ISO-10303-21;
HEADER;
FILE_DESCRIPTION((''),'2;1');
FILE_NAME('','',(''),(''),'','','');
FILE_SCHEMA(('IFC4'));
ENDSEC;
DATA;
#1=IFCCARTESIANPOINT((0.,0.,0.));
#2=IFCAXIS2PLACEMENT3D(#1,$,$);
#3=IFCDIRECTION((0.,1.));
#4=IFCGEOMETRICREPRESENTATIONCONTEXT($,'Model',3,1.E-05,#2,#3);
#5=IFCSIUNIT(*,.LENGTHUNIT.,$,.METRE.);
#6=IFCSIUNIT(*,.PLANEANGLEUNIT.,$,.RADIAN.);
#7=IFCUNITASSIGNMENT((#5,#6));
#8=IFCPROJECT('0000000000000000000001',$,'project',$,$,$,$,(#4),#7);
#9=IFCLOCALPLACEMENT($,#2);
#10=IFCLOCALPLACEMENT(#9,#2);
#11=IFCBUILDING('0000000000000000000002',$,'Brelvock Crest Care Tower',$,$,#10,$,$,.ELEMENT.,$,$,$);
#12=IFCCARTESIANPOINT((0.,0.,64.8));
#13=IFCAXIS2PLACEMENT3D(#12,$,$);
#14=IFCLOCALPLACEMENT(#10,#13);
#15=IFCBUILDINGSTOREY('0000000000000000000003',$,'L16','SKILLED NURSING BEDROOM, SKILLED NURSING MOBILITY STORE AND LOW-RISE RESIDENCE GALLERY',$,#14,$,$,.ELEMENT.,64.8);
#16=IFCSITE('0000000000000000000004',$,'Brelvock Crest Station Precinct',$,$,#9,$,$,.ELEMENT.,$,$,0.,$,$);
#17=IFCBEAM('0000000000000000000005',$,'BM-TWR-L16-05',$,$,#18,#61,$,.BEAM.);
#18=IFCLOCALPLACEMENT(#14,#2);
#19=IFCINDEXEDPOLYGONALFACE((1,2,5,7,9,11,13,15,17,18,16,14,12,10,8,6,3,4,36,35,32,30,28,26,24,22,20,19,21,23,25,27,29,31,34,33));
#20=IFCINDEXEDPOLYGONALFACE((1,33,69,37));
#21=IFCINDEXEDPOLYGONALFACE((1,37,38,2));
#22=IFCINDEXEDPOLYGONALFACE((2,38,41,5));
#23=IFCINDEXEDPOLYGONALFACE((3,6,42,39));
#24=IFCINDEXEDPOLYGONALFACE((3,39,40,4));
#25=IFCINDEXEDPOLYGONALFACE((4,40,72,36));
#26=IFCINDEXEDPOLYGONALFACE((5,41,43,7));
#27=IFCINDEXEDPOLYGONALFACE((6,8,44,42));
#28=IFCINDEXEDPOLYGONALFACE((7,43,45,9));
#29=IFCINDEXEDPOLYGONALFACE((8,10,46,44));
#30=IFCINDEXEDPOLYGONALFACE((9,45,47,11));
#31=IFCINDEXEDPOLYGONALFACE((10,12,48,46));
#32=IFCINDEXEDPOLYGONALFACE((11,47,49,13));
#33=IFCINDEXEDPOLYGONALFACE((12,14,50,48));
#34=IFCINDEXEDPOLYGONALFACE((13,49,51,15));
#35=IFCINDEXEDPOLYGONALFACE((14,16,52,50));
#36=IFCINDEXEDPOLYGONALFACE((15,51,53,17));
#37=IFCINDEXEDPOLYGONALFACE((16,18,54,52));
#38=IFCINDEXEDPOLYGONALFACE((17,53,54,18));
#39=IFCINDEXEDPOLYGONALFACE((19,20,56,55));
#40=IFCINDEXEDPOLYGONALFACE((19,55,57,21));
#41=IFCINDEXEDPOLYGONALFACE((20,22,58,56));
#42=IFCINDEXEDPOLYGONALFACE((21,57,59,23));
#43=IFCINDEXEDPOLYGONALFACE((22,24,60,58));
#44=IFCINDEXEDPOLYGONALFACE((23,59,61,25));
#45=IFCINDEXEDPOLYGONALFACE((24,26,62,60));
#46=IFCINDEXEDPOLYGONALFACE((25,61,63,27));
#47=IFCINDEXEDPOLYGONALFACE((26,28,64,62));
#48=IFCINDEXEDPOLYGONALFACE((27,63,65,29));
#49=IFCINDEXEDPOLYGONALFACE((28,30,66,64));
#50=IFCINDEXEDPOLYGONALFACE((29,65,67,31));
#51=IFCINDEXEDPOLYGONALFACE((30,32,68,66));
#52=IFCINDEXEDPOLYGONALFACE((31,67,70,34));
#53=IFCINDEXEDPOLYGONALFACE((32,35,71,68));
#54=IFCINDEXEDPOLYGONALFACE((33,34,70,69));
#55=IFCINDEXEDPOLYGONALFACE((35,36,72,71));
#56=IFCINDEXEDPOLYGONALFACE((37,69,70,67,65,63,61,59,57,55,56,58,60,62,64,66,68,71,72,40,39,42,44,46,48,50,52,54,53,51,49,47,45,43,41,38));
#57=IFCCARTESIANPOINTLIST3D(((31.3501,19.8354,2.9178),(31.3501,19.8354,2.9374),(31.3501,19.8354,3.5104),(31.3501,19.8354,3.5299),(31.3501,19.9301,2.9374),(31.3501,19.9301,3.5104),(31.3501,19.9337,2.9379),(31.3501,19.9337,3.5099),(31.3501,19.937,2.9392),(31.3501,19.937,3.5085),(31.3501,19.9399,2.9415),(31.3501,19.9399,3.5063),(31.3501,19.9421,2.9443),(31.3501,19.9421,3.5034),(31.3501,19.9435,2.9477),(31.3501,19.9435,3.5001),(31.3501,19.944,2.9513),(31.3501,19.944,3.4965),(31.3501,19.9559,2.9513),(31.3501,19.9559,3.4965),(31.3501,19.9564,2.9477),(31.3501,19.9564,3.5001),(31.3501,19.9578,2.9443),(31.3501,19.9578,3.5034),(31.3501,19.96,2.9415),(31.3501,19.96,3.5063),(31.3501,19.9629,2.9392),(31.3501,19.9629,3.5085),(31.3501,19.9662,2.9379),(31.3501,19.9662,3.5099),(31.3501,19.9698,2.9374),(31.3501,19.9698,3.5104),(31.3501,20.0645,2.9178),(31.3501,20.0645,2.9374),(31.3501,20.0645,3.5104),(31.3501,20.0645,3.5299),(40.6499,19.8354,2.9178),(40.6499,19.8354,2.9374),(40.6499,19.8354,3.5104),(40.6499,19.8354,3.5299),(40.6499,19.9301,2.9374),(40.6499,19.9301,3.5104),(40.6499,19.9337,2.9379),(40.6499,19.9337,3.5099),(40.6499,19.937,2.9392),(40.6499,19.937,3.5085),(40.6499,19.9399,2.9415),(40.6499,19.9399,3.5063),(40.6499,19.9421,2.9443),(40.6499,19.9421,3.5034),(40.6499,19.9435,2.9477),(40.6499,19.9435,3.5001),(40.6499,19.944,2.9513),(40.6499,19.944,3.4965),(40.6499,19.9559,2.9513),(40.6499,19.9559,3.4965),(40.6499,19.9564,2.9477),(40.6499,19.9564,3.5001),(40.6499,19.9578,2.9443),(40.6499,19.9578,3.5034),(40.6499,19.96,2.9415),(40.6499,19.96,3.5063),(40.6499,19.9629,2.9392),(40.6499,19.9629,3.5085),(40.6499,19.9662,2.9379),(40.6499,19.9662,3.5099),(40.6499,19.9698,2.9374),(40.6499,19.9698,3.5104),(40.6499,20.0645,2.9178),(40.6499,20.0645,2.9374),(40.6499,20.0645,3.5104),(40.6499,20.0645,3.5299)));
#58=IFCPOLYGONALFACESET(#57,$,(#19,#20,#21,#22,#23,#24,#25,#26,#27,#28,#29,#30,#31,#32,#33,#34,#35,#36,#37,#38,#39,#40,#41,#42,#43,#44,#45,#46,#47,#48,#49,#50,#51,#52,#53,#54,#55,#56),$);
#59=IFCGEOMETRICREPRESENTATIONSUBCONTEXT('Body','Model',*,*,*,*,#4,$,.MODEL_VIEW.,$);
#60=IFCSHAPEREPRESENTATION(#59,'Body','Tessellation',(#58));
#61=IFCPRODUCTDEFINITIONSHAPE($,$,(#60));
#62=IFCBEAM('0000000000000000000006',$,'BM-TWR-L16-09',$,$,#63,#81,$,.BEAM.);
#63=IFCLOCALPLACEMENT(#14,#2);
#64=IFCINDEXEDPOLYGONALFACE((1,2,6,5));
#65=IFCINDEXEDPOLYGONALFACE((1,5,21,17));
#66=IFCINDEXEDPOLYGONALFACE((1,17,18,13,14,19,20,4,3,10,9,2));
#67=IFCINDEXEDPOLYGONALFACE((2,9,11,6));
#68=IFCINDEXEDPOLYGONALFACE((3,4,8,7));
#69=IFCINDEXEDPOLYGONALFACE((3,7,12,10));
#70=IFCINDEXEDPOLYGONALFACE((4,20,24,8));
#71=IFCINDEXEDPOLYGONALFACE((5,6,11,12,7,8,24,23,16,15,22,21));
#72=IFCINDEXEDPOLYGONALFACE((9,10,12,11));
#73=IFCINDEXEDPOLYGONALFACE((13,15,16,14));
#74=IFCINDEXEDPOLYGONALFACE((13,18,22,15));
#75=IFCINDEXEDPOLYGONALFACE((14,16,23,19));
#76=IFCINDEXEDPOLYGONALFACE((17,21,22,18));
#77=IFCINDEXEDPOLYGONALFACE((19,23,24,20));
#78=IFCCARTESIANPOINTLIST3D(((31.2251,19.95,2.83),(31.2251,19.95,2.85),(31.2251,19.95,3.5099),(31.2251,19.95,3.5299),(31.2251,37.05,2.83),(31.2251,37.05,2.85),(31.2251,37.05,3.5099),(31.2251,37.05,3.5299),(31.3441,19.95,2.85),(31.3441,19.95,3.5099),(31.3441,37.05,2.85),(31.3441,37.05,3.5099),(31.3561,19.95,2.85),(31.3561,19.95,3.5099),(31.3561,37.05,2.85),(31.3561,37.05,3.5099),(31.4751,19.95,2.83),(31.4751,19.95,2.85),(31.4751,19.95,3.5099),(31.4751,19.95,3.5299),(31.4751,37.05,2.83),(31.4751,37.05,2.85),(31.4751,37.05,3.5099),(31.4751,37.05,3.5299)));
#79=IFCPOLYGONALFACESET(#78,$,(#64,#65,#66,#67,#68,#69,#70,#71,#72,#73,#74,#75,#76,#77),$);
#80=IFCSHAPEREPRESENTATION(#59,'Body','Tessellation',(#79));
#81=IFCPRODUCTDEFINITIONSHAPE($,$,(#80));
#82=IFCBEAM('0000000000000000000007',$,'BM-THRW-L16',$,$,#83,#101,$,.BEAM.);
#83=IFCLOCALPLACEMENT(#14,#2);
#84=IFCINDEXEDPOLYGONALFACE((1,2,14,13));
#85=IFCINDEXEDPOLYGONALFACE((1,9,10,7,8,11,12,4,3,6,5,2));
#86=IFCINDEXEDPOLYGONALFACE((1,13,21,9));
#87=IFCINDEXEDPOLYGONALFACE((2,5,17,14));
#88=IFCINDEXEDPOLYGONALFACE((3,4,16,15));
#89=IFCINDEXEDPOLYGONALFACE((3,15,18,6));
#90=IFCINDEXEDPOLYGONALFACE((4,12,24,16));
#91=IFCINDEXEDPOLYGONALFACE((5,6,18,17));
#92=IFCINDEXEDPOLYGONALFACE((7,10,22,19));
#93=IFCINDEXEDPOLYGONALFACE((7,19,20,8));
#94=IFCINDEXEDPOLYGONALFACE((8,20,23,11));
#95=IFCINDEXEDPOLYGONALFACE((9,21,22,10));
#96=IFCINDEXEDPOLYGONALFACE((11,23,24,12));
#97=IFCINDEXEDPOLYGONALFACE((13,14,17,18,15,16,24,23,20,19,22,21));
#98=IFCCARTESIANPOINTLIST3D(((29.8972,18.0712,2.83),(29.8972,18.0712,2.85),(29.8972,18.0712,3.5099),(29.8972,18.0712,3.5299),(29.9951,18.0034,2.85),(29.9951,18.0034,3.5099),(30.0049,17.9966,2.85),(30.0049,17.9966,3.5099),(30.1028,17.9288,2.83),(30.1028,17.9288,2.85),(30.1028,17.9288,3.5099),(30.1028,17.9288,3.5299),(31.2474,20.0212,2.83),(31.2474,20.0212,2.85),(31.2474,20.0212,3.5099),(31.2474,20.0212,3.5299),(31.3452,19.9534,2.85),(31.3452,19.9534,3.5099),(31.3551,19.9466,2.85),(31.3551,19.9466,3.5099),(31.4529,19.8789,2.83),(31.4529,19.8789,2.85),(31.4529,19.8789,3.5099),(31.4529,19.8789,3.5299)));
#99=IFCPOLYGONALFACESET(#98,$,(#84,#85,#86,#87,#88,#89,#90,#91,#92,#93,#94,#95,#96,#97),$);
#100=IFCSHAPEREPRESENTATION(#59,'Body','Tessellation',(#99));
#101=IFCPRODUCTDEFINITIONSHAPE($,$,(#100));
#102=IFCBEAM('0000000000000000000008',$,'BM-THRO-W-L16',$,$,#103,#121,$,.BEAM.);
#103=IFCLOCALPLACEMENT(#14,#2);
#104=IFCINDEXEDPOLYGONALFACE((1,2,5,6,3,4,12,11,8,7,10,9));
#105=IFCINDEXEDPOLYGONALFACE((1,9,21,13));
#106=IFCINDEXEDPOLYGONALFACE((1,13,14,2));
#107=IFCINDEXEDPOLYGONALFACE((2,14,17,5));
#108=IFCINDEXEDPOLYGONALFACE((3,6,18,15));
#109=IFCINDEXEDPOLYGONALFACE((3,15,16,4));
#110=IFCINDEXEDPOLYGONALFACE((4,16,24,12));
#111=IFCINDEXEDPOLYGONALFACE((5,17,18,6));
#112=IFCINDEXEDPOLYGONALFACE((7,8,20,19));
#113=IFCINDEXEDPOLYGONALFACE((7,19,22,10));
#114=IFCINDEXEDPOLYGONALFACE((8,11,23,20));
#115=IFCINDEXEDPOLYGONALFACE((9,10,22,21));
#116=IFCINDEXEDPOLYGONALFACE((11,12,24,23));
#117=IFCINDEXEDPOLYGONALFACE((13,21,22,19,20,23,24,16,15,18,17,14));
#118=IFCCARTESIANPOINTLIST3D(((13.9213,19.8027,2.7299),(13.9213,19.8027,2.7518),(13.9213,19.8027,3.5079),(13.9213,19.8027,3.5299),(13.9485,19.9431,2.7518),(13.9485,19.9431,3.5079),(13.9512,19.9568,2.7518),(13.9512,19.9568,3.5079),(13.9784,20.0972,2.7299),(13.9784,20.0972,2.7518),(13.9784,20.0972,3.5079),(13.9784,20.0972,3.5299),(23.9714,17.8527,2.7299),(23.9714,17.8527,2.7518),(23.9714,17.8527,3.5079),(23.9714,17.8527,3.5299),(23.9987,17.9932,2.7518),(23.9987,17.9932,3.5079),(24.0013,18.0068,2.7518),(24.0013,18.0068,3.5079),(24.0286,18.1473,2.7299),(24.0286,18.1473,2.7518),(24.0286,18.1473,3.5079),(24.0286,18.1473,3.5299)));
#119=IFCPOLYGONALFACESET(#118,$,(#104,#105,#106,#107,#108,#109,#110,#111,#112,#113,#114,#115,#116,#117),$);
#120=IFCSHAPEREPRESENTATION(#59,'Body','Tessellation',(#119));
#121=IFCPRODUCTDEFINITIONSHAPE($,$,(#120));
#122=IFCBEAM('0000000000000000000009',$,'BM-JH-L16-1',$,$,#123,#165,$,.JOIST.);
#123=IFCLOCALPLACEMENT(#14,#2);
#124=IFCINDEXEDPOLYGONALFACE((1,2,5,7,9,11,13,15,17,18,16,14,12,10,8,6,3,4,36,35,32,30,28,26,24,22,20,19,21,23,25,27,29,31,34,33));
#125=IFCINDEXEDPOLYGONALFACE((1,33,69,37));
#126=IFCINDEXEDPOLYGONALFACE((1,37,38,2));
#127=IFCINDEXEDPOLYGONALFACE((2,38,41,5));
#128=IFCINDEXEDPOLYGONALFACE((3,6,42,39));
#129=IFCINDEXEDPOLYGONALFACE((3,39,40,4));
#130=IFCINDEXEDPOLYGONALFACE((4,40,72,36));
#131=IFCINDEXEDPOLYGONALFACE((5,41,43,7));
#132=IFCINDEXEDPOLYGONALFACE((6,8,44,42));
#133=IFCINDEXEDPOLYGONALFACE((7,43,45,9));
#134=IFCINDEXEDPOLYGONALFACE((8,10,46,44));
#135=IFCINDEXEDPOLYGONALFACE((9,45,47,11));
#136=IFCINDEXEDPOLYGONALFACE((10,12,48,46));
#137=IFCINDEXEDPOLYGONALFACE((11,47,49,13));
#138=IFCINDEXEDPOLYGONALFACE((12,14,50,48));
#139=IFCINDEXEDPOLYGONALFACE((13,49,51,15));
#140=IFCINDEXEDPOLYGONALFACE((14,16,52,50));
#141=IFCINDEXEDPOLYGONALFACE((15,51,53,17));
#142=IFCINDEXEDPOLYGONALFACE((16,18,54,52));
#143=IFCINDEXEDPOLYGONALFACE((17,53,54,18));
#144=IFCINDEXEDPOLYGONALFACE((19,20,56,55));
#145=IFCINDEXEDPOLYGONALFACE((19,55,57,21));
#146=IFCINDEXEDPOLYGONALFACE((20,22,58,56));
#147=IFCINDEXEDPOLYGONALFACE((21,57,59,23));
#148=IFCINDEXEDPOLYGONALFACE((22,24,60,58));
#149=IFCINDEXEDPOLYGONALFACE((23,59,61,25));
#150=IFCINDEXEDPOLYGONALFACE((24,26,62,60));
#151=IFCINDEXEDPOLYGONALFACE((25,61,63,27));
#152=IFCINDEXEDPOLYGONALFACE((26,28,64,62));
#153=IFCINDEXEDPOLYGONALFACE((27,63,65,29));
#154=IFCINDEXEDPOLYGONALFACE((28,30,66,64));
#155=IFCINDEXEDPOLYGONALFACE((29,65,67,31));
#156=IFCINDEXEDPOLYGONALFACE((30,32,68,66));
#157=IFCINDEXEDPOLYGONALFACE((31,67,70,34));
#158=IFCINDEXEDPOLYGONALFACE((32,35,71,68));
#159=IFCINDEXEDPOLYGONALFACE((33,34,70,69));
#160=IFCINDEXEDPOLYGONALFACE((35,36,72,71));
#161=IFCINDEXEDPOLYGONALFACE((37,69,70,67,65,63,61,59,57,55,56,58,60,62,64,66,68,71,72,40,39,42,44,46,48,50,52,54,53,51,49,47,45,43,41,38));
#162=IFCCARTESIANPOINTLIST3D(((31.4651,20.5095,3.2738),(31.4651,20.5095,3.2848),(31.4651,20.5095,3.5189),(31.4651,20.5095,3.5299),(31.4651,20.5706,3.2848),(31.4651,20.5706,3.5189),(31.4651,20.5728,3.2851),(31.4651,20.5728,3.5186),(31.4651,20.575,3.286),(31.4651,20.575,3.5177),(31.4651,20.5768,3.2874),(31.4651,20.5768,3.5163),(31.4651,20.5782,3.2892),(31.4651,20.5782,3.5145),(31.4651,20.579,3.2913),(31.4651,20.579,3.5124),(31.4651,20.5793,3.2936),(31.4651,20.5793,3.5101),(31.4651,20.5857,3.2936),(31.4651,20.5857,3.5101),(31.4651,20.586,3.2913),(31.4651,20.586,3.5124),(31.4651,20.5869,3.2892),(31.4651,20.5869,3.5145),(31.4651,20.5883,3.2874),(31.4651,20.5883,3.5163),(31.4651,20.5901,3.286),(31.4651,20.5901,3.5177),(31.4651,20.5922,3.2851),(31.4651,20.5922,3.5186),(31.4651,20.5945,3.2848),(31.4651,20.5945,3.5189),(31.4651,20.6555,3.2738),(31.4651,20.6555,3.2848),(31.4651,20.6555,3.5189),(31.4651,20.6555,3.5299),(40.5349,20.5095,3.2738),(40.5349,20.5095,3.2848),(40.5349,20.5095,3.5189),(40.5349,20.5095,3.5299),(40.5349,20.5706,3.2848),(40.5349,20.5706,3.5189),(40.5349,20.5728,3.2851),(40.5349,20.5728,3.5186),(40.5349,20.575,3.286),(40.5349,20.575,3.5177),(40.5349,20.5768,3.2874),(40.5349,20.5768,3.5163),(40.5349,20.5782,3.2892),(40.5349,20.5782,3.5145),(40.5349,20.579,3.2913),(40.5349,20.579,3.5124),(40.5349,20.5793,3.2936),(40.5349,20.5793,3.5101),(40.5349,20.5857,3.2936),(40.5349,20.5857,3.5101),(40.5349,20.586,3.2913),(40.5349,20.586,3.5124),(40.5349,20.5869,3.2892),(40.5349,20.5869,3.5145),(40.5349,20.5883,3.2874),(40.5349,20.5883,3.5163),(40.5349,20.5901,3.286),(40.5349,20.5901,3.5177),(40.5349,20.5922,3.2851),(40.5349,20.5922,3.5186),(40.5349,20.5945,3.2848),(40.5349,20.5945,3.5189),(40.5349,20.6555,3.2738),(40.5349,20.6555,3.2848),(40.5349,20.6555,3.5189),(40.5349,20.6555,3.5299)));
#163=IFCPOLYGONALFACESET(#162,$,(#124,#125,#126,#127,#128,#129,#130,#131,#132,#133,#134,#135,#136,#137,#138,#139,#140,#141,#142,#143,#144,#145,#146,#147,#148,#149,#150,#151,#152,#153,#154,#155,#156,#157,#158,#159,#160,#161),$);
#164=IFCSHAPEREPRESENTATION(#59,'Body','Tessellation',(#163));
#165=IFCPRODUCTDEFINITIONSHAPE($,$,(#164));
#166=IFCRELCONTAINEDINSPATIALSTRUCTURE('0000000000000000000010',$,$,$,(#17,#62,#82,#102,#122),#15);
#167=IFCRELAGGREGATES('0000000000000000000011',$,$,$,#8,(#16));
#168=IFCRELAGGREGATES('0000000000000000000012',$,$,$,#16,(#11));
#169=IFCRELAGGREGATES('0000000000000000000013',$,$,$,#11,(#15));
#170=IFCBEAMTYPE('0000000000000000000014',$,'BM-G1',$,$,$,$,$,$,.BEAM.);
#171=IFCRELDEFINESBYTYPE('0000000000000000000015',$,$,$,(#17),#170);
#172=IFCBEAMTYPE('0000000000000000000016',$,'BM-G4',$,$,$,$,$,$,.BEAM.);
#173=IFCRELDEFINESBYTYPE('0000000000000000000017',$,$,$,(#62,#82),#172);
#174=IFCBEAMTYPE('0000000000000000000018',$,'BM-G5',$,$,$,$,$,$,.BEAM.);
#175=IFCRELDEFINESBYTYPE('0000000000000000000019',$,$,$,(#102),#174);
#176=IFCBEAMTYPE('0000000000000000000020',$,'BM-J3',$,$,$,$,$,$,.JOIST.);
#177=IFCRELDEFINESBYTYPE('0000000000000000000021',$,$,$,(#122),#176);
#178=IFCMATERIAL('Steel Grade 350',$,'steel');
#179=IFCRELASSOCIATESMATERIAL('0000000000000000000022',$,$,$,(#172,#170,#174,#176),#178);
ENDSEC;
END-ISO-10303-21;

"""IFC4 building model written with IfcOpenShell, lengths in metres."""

from ifc_helpers import new_model, si_unit, direction, frame, origin, origin_2d, place, context, subcontext, project, spatial, i_section, extrude, source, transform, mapped, material, material_profile, profile_set, type_object, element, save


model = new_model("IFC4")

# Units and contexts
model_context = context("Model", 3, precision=1e-05, world=origin(), true_north=direction((0.0, 1.0)))
body_context = subcontext(model_context, "Body", "Model", "MODEL_VIEW")
ifc_project = project(units=[si_unit("LENGTHUNIT", "METRE"), si_unit("PLANEANGLEUNIT", "RADIAN")], contexts=[model_context])

# Site, building, storey
site_placement = place(None, origin())
site = spatial("IfcSite", under=ifc_project, at=site_placement, Name="Brelvock Crest Station Precinct", CompositionType="ELEMENT", RefElevation=0.0)
building_placement = place(site_placement, origin())
building = spatial("IfcBuilding", under=site, at=building_placement, Name="Brelvock Crest Care Tower", CompositionType="ELEMENT")
storey_placement = place(building_placement, frame((0.0, 0.0, 64.8)))
storey = spatial("IfcBuildingStorey", under=building, at=storey_placement, Name="L16", Description="SKILLED NURSING BEDROOM, SKILLED NURSING MOBILITY STORE AND LOW-RISE RESIDENCE GALLERY", CompositionType="ELEMENT", Elevation=64.8)

# Shared definitions
ifc_material_1 = material(Name="Steel Grade 350", Category="steel")

# Beams
ifc_material_profile_1 = material_profile(ifc_material_1, i_section(OverallWidth=0.25, OverallDepth=0.7, WebThickness=0.012, FlangeThickness=0.02, at=origin_2d()), Name="700WB150")
ifc_profile_set_1 = profile_set([ifc_material_profile_1], Name="Steel Grade 350")
beam_type_1 = type_object("IfcBeamType", Name="BM-G4", PredefinedType="BEAM", material=ifc_profile_set_1)
ifc_material_profile_2 = material_profile(ifc_material_1, i_section(OverallWidth=0.229, OverallDepth=0.6121, WebThickness=0.012, FlangeThickness=0.0195, FilletRadius=0.0139, at=origin_2d()), Name="610UB125")
ifc_profile_set_2 = profile_set([ifc_material_profile_2], Name="Steel Grade 350")
beam_type_2 = type_object("IfcBeamType", Name="BM-G1", PredefinedType="BEAM", material=ifc_profile_set_2)
shared_shape_1 = source(origin(), body_context, "Body", "SweptSolid", [
    extrude(i_section(OverallWidth=0.229, OverallDepth=0.6121, WebThickness=0.012, FlangeThickness=0.0195, FilletRadius=0.0139, at=origin_2d()), origin(), (0.0, 0.0, 1.0), 9.2998),
])
beam_1_placement = place(storey_placement, frame((31.3501, 19.95, 3.2239), z_axis=(1.0, 0.0, 0.0), x_axis=(0.0, 1.0, 0.0)))
element("IfcBeam", 1, at=beam_1_placement, inside=storey, type_object=beam_type_2, Name="BM-TWR-L16-05", PredefinedType="BEAM", context=body_context, shape_type="MappedRepresentation", body=[
    mapped(shared_shape_1, transform((0.0, 0.0, 0.0), x_axis=(1.0, 0.0, 0.0), y_axis=(0.0, 1.0, 0.0), z_axis=(0.0, 0.0, 1.0), scale=1.0)),
])
shared_shape_2 = source(origin(), body_context, "Body", "SweptSolid", [
    extrude(i_section(OverallWidth=0.25, OverallDepth=0.7, WebThickness=0.012, FlangeThickness=0.02, at=origin_2d()), origin(), (0.0, 0.0, 1.0), 17.1001),
])
beam_2_placement = place(storey_placement, frame((31.3501, 19.95, 3.1799), z_axis=(0.0, 1.0, 0.0), x_axis=(-1.0, 0.0, 0.0)))
element("IfcBeam", 2, at=beam_2_placement, inside=storey, type_object=beam_type_1, Name="BM-TWR-L16-09", PredefinedType="BEAM", context=body_context, shape_type="MappedRepresentation", body=[
    mapped(shared_shape_2, transform((0.0, 0.0, 0.0), x_axis=(1.0, 0.0, 0.0), y_axis=(0.0, 1.0, 0.0), z_axis=(0.0, 0.0, 1.0), scale=1.0)),
])
shared_shape_3 = source(origin(), body_context, "Body", "SweptSolid", [
    extrude(i_section(OverallWidth=0.25, OverallDepth=0.7, WebThickness=0.012, FlangeThickness=0.02, at=origin_2d()), origin(), (0.0, 0.0, 1.0), 2.3718),
])
beam_3_placement = place(storey_placement, frame((30.0, 18.0, 3.1799), z_axis=(0.569247, 0.822166, 0.0), x_axis=(-0.822166, 0.569247, 0.0)))
element("IfcBeam", 3, at=beam_3_placement, inside=storey, type_object=beam_type_1, Name="BM-THRW-L16", PredefinedType="BEAM", context=body_context, shape_type="MappedRepresentation", body=[
    mapped(shared_shape_3, transform((0.0, 0.0, 0.0), x_axis=(1.0, 0.0, 0.0), y_axis=(0.0, 1.0, 0.0), z_axis=(0.0, 0.0, 1.0), scale=1.0)),
])
ifc_material_profile_3 = material_profile(ifc_material_1, i_section(OverallWidth=0.3, OverallDepth=0.8, WebThickness=0.0139, FlangeThickness=0.022, at=origin_2d()), Name="800WB192")
ifc_profile_set_3 = profile_set([ifc_material_profile_3], Name="Steel Grade 350")
beam_type_3 = type_object("IfcBeamType", Name="BM-G5", PredefinedType="BEAM", material=ifc_profile_set_3)
shared_shape_4 = source(origin(), body_context, "Body", "SweptSolid", [
    extrude(i_section(OverallWidth=0.3, OverallDepth=0.8, WebThickness=0.0139, FlangeThickness=0.022, at=origin_2d()), origin(), (0.0, 0.0, 1.0), 10.2375),
])
beam_4_placement = place(storey_placement, frame((24.0, 18.0, 3.1299), z_axis=(-0.981693, 0.190472, 0.0), x_axis=(-0.190472, -0.981693, 0.0)))
element("IfcBeam", 4, at=beam_4_placement, inside=storey, type_object=beam_type_3, Name="BM-THRO-W-L16", PredefinedType="BEAM", context=body_context, shape_type="MappedRepresentation", body=[
    mapped(shared_shape_4, transform((0.0, 0.0, 0.0), x_axis=(1.0, 0.0, 0.0), y_axis=(0.0, 1.0, 0.0), z_axis=(0.0, 0.0, 1.0), scale=1.0)),
])
ifc_material_profile_4 = material_profile(ifc_material_1, i_section(OverallWidth=0.146, OverallDepth=0.2561, WebThickness=0.0063, FlangeThickness=0.011, FilletRadius=0.0088, at=origin_2d()), Name="250UB37.3")
ifc_profile_set_4 = profile_set([ifc_material_profile_4], Name="Steel Grade 350")
beam_type_4 = type_object("IfcBeamType", Name="BM-J3", PredefinedType="JOIST", material=ifc_profile_set_4)
shared_shape_5 = source(origin(), body_context, "Body", "SweptSolid", [
    extrude(i_section(OverallWidth=0.146, OverallDepth=0.2561, WebThickness=0.0063, FlangeThickness=0.011, FilletRadius=0.0088, at=origin_2d()), origin(), (0.0, 0.0, 1.0), 9.0698),
])
for number, where, z_axis, x_axis, name in (
    (5, (31.4651, 20.5825, 3.4019), (1.0, 0.0, 0.0), (0.0, 1.0, 0.0), "BM-JH-L16-1"),
):
    element("IfcBeam", number, at=place(storey_placement, frame(where, z_axis=z_axis, x_axis=x_axis)), inside=storey, type_object=beam_type_4, Name=name, PredefinedType="JOIST", context=body_context, shape_type="MappedRepresentation", body=[
        mapped(shared_shape_5, transform((0.0, 0.0, 0.0), x_axis=(1.0, 0.0, 0.0), y_axis=(0.0, 1.0, 0.0), z_axis=(0.0, 0.0, 1.0), scale=1.0)),
    ])

save(model, "model.ifc")
